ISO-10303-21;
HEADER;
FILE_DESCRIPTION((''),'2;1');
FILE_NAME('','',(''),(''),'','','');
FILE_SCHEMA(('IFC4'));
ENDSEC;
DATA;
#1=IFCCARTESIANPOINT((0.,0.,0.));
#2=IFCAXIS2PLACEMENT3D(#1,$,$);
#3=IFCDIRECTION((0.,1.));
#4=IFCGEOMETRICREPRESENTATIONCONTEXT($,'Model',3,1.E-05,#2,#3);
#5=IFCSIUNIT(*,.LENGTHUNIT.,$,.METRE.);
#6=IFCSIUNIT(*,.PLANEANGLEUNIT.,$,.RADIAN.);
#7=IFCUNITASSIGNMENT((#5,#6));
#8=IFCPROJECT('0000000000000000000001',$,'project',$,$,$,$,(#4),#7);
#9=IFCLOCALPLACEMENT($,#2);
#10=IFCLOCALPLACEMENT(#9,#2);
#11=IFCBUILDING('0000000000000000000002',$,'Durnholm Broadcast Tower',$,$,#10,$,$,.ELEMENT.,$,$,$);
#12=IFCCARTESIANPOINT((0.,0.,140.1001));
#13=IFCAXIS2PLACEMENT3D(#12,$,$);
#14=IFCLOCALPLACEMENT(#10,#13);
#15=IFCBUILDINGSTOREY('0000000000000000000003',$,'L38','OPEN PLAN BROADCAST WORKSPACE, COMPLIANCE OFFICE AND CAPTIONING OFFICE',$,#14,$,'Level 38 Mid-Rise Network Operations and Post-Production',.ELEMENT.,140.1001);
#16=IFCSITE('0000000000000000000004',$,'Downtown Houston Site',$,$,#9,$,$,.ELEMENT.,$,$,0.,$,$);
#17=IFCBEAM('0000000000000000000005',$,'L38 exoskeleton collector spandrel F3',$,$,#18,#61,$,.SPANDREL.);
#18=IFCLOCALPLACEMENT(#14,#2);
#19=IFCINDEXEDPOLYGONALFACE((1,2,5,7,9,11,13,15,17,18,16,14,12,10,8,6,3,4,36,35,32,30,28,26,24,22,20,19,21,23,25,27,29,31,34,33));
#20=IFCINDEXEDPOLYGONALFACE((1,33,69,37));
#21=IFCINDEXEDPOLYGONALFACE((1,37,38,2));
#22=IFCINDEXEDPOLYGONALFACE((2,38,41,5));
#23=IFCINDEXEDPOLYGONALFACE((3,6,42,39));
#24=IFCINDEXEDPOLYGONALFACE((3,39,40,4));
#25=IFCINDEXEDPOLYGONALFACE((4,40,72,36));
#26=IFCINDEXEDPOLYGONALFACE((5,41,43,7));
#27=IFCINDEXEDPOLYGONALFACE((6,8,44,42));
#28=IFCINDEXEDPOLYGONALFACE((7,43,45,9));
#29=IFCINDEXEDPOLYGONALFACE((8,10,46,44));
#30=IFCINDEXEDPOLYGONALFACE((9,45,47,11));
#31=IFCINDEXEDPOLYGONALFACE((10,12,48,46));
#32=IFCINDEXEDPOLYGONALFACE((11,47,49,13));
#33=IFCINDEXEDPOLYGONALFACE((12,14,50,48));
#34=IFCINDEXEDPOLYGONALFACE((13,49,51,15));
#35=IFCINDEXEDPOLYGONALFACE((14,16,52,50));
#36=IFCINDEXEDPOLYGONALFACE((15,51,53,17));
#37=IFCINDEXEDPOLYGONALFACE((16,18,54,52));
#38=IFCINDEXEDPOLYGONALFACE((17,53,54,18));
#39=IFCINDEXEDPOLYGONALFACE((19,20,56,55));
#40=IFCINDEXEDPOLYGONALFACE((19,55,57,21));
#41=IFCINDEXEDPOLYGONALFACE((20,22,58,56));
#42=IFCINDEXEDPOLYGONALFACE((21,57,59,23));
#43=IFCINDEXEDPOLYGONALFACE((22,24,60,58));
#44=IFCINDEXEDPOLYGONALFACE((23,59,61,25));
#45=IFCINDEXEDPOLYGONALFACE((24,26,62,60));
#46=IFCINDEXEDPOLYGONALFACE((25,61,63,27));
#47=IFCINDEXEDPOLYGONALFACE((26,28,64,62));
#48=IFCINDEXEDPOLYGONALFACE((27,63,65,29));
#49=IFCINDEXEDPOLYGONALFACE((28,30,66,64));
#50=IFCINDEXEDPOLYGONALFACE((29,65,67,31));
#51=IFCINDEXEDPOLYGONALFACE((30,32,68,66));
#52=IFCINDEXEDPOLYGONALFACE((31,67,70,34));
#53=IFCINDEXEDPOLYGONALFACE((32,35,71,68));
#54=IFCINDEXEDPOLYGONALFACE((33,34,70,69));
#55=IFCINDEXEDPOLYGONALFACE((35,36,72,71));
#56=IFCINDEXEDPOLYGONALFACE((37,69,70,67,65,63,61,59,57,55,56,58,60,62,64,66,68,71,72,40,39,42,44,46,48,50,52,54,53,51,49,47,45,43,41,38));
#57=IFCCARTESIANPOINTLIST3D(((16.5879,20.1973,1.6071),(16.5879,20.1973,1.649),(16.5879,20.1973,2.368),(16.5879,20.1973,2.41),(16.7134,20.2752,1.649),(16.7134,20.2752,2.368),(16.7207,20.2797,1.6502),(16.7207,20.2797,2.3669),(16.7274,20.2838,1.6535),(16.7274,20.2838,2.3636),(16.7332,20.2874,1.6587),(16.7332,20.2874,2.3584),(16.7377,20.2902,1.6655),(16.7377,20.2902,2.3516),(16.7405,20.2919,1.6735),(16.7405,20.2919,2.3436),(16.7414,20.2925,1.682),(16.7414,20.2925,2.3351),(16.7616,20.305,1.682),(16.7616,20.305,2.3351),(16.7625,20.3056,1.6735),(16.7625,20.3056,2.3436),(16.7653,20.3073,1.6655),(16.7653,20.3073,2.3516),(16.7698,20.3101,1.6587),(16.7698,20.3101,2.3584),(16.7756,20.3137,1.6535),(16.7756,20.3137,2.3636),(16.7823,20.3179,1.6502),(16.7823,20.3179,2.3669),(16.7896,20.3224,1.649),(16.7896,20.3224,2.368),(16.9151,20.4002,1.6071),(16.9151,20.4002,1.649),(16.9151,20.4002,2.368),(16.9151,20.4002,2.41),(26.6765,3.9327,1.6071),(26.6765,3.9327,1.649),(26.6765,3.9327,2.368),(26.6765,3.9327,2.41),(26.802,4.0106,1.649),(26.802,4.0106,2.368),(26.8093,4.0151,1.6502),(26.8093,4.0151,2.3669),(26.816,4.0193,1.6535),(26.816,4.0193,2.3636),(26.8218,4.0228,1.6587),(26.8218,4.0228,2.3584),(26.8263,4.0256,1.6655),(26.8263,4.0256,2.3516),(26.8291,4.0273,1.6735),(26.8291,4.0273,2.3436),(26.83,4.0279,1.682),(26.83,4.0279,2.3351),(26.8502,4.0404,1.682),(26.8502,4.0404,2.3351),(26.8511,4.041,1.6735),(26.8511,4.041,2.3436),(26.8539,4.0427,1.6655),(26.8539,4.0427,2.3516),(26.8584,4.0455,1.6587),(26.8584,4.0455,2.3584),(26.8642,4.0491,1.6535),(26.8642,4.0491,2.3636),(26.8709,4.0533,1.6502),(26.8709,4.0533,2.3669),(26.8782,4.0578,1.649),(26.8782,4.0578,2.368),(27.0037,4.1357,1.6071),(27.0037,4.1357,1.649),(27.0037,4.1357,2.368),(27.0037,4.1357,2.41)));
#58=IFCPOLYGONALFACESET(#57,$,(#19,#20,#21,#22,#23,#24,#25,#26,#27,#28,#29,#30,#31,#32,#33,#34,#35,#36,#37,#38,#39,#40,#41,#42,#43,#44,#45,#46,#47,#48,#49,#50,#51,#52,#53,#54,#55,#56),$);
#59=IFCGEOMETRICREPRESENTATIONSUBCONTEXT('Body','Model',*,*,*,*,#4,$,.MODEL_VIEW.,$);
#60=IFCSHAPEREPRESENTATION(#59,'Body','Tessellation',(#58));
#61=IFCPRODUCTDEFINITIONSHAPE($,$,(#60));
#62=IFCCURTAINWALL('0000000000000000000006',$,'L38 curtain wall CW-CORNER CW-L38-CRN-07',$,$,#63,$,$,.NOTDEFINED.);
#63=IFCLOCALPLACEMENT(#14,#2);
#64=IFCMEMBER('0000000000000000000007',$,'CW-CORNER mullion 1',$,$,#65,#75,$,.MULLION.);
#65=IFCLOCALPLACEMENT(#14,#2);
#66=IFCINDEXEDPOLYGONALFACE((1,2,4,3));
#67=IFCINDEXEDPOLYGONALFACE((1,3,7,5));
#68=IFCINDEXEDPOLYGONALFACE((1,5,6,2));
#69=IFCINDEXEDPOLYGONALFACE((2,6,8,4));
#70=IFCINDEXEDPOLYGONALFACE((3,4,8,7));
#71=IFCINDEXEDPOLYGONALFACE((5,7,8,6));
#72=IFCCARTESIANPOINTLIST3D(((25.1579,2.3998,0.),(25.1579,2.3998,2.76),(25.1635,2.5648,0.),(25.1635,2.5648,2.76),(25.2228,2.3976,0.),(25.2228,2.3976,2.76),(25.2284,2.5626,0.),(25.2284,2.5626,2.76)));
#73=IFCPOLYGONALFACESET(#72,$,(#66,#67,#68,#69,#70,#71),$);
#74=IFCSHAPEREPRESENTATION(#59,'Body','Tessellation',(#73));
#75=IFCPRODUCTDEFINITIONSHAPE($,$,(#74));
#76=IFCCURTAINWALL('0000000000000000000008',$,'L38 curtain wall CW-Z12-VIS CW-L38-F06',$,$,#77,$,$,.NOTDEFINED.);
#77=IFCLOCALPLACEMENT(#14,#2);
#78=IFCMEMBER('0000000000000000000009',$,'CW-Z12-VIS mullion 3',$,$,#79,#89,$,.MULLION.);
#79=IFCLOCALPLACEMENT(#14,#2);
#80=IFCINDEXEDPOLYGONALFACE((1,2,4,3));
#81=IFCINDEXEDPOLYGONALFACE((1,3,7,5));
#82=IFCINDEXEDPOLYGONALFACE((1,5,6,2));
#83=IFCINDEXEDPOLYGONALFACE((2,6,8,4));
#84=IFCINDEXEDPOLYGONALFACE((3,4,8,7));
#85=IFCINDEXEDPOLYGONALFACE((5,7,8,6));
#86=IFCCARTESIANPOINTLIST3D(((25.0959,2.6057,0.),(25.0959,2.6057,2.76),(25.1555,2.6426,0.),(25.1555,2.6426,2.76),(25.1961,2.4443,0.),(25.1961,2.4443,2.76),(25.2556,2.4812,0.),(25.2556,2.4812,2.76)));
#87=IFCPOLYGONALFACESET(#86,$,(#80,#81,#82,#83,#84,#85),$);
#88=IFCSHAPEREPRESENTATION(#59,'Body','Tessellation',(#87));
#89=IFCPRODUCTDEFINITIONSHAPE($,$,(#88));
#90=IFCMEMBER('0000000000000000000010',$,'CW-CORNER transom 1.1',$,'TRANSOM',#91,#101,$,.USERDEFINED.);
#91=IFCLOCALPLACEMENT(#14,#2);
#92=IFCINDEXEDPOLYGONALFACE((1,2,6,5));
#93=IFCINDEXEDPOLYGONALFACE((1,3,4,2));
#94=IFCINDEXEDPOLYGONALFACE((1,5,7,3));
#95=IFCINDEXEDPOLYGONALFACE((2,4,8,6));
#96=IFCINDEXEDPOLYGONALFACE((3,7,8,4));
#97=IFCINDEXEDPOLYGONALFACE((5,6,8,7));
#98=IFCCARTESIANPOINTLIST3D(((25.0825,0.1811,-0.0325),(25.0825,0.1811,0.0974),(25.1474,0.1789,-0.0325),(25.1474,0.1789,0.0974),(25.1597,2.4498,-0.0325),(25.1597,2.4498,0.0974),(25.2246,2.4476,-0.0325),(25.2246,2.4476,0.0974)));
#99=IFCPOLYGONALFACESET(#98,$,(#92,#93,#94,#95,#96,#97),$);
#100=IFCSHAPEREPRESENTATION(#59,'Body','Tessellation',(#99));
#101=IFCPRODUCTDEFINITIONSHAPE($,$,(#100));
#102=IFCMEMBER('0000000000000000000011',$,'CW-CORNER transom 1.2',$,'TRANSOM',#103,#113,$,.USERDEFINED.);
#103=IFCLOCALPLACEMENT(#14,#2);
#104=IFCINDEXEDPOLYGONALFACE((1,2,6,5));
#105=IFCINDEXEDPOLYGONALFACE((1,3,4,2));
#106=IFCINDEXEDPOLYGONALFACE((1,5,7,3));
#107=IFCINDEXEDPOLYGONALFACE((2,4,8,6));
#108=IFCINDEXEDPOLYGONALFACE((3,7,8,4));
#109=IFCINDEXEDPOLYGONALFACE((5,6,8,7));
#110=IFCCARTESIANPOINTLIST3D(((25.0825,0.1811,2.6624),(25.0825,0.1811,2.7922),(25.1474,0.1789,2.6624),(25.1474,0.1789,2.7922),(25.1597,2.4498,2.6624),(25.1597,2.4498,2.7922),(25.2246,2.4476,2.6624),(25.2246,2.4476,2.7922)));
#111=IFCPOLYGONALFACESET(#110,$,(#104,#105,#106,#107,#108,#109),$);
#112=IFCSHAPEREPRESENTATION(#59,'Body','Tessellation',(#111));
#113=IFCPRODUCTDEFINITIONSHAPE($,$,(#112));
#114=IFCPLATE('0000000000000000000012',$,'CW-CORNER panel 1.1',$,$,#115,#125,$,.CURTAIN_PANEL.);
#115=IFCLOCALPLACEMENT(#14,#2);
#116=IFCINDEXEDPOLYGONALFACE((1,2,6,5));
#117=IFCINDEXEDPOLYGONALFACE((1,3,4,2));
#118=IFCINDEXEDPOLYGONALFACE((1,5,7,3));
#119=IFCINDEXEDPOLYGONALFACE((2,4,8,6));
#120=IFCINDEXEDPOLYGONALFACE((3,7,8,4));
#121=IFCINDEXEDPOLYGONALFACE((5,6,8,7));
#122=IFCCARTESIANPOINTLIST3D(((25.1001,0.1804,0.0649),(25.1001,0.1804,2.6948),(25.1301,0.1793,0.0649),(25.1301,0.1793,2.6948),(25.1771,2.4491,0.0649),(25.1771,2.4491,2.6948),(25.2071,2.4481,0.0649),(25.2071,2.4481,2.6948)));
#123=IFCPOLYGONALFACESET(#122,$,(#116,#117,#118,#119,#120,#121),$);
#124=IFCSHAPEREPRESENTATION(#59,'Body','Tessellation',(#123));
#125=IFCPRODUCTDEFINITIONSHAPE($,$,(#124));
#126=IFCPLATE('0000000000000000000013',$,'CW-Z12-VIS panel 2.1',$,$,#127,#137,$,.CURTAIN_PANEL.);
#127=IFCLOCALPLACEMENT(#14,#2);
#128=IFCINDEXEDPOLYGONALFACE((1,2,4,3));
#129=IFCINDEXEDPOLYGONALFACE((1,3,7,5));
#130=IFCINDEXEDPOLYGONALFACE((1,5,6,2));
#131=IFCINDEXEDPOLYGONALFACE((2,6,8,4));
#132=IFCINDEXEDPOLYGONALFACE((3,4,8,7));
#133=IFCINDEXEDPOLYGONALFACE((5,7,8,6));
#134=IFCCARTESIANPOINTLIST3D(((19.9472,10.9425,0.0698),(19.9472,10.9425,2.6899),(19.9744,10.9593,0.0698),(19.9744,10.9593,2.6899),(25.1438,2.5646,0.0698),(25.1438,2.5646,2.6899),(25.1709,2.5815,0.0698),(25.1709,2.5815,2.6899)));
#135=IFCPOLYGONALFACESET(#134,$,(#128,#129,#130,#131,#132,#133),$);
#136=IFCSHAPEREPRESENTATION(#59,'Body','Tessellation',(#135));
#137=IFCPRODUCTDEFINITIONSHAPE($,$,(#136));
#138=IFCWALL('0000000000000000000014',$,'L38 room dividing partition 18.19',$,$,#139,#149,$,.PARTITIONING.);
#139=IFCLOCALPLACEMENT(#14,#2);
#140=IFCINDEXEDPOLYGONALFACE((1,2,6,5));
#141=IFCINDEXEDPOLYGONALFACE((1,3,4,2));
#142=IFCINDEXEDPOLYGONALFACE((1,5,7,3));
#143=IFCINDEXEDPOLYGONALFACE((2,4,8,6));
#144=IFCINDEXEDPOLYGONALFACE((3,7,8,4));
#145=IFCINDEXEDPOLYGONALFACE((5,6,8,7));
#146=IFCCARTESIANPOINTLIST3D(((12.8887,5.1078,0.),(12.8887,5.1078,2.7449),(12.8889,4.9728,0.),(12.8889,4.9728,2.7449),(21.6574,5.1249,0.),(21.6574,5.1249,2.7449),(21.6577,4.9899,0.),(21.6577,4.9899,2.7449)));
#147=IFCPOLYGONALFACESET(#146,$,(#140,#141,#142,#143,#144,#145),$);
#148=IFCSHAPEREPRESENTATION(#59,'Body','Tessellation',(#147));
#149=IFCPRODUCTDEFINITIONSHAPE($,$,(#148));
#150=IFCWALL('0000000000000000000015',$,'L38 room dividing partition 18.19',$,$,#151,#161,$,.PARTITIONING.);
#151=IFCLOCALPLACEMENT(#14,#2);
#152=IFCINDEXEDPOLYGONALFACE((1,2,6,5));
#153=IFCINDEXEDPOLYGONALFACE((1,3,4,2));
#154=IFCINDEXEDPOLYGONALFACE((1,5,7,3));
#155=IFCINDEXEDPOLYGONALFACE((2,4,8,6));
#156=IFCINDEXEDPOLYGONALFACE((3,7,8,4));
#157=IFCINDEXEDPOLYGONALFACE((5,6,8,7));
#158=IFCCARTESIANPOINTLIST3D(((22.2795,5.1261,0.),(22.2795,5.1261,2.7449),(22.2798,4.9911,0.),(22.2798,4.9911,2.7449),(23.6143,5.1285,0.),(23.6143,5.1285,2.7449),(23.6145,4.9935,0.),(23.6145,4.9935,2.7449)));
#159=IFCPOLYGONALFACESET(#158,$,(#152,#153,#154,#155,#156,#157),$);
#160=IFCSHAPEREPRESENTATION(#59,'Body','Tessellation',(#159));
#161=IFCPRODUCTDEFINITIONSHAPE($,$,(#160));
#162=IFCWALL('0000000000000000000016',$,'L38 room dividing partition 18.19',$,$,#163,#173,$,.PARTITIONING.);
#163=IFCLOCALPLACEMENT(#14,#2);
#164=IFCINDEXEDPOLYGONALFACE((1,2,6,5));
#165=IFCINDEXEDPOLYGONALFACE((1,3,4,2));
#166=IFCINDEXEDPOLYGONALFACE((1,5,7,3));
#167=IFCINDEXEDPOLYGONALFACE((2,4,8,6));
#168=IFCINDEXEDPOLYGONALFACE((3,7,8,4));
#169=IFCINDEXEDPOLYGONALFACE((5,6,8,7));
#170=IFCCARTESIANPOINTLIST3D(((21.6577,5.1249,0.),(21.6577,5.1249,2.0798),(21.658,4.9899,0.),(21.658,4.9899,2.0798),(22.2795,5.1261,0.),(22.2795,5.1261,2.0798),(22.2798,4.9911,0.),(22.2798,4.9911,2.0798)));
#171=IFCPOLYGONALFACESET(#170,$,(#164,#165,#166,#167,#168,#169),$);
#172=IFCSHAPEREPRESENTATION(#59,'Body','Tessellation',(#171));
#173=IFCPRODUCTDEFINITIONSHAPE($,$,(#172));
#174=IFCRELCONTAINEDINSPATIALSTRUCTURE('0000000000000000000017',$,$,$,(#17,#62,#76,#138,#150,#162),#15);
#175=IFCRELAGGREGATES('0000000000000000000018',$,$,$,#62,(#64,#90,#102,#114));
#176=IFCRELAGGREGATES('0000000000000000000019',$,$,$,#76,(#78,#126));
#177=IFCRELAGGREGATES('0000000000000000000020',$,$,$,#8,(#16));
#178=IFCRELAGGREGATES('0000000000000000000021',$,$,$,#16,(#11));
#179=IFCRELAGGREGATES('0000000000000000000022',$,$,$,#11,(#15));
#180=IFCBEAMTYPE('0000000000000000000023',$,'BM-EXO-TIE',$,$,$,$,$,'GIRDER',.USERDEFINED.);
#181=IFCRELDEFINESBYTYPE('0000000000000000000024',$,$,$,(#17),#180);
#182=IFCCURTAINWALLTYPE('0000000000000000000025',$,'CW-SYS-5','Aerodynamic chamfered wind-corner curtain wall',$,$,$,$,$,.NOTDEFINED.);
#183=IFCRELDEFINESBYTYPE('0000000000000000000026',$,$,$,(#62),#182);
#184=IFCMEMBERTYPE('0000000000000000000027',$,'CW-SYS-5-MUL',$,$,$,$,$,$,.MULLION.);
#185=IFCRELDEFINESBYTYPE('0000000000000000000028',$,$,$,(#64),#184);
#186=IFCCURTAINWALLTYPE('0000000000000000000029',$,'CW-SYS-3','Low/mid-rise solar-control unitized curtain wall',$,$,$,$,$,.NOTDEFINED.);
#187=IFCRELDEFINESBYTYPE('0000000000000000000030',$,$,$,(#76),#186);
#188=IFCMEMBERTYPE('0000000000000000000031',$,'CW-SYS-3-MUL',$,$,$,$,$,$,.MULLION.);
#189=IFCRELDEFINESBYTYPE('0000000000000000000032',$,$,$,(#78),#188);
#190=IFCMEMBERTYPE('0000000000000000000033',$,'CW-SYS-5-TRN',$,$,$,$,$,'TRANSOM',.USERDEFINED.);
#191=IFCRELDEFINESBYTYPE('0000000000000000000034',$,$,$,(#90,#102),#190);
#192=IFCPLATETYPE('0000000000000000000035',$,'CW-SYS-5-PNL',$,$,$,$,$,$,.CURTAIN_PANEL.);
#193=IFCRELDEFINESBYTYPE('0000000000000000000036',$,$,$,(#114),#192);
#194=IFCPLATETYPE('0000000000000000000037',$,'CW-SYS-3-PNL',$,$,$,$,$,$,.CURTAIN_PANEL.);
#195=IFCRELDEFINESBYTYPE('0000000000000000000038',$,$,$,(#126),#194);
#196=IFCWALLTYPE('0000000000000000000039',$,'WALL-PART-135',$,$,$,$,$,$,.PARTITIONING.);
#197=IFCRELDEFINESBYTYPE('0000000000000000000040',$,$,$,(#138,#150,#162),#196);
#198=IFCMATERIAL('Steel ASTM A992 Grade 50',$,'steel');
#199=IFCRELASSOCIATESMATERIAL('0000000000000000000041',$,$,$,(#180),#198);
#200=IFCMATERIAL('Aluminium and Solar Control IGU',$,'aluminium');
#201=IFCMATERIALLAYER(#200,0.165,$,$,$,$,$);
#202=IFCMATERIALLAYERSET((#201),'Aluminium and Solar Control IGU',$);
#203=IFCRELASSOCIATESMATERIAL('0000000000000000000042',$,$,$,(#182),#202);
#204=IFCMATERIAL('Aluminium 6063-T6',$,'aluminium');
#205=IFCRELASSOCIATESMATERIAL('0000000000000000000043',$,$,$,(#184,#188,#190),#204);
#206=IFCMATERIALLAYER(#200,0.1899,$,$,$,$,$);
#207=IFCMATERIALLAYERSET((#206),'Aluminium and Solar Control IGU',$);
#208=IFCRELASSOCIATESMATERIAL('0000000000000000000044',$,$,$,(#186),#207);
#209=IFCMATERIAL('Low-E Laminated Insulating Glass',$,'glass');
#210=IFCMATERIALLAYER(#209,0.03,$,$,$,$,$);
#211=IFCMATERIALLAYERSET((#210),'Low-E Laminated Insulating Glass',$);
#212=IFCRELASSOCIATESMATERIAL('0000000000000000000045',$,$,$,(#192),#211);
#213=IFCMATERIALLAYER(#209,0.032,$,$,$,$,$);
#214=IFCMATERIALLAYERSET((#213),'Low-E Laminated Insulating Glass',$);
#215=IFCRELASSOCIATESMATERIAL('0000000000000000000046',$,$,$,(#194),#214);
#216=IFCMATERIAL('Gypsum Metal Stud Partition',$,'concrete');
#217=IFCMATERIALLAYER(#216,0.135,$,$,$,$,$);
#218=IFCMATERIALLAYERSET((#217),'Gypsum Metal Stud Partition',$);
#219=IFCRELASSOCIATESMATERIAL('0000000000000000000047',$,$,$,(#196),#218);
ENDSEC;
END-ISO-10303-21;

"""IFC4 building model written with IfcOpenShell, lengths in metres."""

from ifc_helpers import new_model, si_unit, direction, frame, frame_2d, origin, origin_2d, place, context, subcontext, project, spatial, rectangle, i_section, extrude, source, transform, mapped, material, layer, layer_set, material_profile, profile_set, type_object, type_shapes, element, aggregate, save


model = new_model("IFC4")

# Units and contexts
model_context = context("Model", 3, precision=1e-05, world=origin(), true_north=direction((0.0, 1.0)))
body_context = subcontext(model_context, "Body", "Model", "MODEL_VIEW")
ifc_project = project(units=[si_unit("LENGTHUNIT", "METRE"), si_unit("PLANEANGLEUNIT", "RADIAN")], contexts=[model_context])

# Site, building, storey
site_placement = place(None, origin())
site = spatial("IfcSite", under=ifc_project, at=site_placement, Name="Downtown Houston Site", CompositionType="ELEMENT", RefElevation=0.0)
building_placement = place(site_placement, origin())
building = spatial("IfcBuilding", under=site, at=building_placement, Name="Durnholm Broadcast Tower", CompositionType="ELEMENT")
storey_placement = place(building_placement, frame((0.0, 0.0, 140.1001)))
storey = spatial("IfcBuildingStorey", under=building, at=storey_placement, Name="L38", Description="OPEN PLAN BROADCAST WORKSPACE, COMPLIANCE OFFICE AND CAPTIONING OFFICE", LongName="Level 38 Mid-Rise Network Operations and Post-Production", CompositionType="ELEMENT", Elevation=140.1001)

# Beam
ifc_material_1 = material(Name="Steel ASTM A992 Grade 50", Category="steel")
ifc_material_profile_1 = material_profile(ifc_material_1, i_section(OverallWidth=0.385, OverallDepth=0.803, WebThickness=0.0237, FlangeThickness=0.042, FilletRadius=0.033, at=origin_2d()), Name="W30X261")
ifc_profile_set_1 = profile_set([ifc_material_profile_1], Name="Steel ASTM A992 Grade 50")
beam_type_1 = type_object("IfcBeamType", Name="BM-EXO-TIE", ElementType="GIRDER", PredefinedType="USERDEFINED", material=ifc_profile_set_1)
shared_shape_1 = source(origin(), body_context, "Body", "SweptSolid", [
    extrude(i_section(OverallWidth=0.385, OverallDepth=0.803, WebThickness=0.0237, FlangeThickness=0.042, FilletRadius=0.033, at=origin_2d()), origin(), (0.0, 0.0, 1.0), 19.1394),
])
beam_1_placement = place(storey_placement, frame((26.8401, 4.0342, 2.0085), z_axis=(-0.527111, 0.849796, 0.0), x_axis=(-0.849796, -0.527111, 0.0)))
element("IfcBeam", 1, at=beam_1_placement, inside=storey, type_object=beam_type_1, Name="L38 exoskeleton collector spandrel F3", PredefinedType="SPANDREL", context=body_context, shape_type="MappedRepresentation", body=[
    mapped(shared_shape_1, transform((0.0, 0.0, 0.0), x_axis=(1.0, 0.0, 0.0), y_axis=(0.0, 1.0, 0.0), z_axis=(0.0, 0.0, 1.0), scale=1.0)),
])

# Curtain walls, members
ifc_material_2 = material(Name="Aluminium and Solar Control IGU", Category="aluminium")
ifc_layer_1 = layer(ifc_material_2, 0.165)
ifc_layer_set_1 = layer_set([ifc_layer_1], Name="Aluminium and Solar Control IGU")
curtain_wall_type_1 = type_object("IfcCurtainWallType", Name="CW-SYS-5", Description="Aerodynamic chamfered wind-corner curtain wall", PredefinedType="NOTDEFINED", material=ifc_layer_set_1)
curtain_wall_1_placement = place(storey_placement, origin())
curtain_wall_1 = element("IfcCurtainWall", 2, at=curtain_wall_1_placement, inside=storey, type_object=curtain_wall_type_1, Name="L38 curtain wall CW-CORNER CW-L38-CRN-07", PredefinedType="NOTDEFINED")
ifc_material_3 = material(Name="Aluminium 6063-T6", Category="aluminium")
ifc_material_profile_2 = material_profile(ifc_material_3, rectangle(XDim=0.0649, YDim=0.165, at=origin_2d()), Name="CWM65X165")
ifc_profile_set_2 = profile_set([ifc_material_profile_2], Name="Aluminium 6063-T6")
member_type_1 = type_object("IfcMemberType", Name="CW-SYS-5-MUL", PredefinedType="MULLION", material=ifc_profile_set_2)
shared_shape_2 = source(origin(), body_context, "Body", "SweptSolid", [
    extrude(rectangle(XDim=0.0649, YDim=0.165, at=origin_2d()), origin(), (0.0, 0.0, 1.0), 2.76),
])
type_shapes(member_type_1, [shared_shape_2])
member_1_placement = place(storey_placement, frame((25.1931, 2.4812, 0.0), z_axis=(0.0, 0.0, 1.0), x_axis=(0.999425, -0.033917, 0.0)))
member_1 = element("IfcMember", 3, at=member_1_placement, type_object=member_type_1, Name="CW-CORNER mullion 1", PredefinedType="MULLION", context=body_context, shape_type="MappedRepresentation", body=[
    mapped(shared_shape_2, transform((0.0, 0.0, 0.0), x_axis=(1.0, 0.0, 0.0), y_axis=(0.0, 1.0, 0.0), z_axis=(0.0, 0.0, 1.0), scale=1.0)),
])
ifc_layer_2 = layer(ifc_material_2, 0.1899)
ifc_layer_set_2 = layer_set([ifc_layer_2], Name="Aluminium and Solar Control IGU")
curtain_wall_type_2 = type_object("IfcCurtainWallType", Name="CW-SYS-3", Description="Low/mid-rise solar-control unitized curtain wall", PredefinedType="NOTDEFINED", material=ifc_layer_set_2)
curtain_wall_2_placement = place(storey_placement, origin())
curtain_wall_2 = element("IfcCurtainWall", 4, at=curtain_wall_2_placement, inside=storey, type_object=curtain_wall_type_2, Name="L38 curtain wall CW-Z12-VIS CW-L38-F06", PredefinedType="NOTDEFINED")
ifc_material_profile_3 = material_profile(ifc_material_3, rectangle(XDim=0.0701, YDim=0.1899, at=origin_2d()), Name="CWM70X190")
ifc_profile_set_3 = profile_set([ifc_material_profile_3], Name="Aluminium 6063-T6")
member_type_2 = type_object("IfcMemberType", Name="CW-SYS-3-MUL", PredefinedType="MULLION", material=ifc_profile_set_3)
shared_shape_3 = source(origin(), body_context, "Body", "SweptSolid", [
    extrude(rectangle(XDim=0.0701, YDim=0.1899, at=origin_2d()), origin(), (0.0, 0.0, 1.0), 2.76),
])
type_shapes(member_type_2, [shared_shape_3])
member_2_placement = place(storey_placement, frame((25.1758, 2.5435, 0.0), z_axis=(0.0, 0.0, 1.0), x_axis=(0.8498, 0.527105, 0.0)))
member_2 = element("IfcMember", 5, at=member_2_placement, type_object=member_type_2, Name="CW-Z12-VIS mullion 3", PredefinedType="MULLION", context=body_context, shape_type="MappedRepresentation", body=[
    mapped(shared_shape_3, transform((0.0, 0.0, 0.0), x_axis=(1.0, 0.0, 0.0), y_axis=(0.0, 1.0, 0.0), z_axis=(0.0, 0.0, 1.0), scale=1.0)),
])

# Members
ifc_material_profile_4 = material_profile(ifc_material_3, rectangle(XDim=0.0649, YDim=0.1299, at=origin_2d()), Name="CWT65X130")
ifc_profile_set_4 = profile_set([ifc_material_profile_4], Name="Aluminium 6063-T6")
member_type_3 = type_object("IfcMemberType", Name="CW-SYS-5-TRN", ElementType="TRANSOM", PredefinedType="USERDEFINED", material=ifc_profile_set_4)
shared_shape_4 = source(origin(), body_context, "Body", "SweptSolid", [
    extrude(rectangle(XDim=0.0649, YDim=0.1299, at=origin_2d()), origin(), (0.0, 0.0, 1.0), 2.27),
])
type_shapes(member_type_3, [shared_shape_4])
member_3_placement = place(storey_placement, frame((25.1921, 2.4487, 0.0325), z_axis=(-0.033984, -0.999422, 0.0), x_axis=(0.999422, -0.033984, 0.0)))
member_3 = element("IfcMember", 6, at=member_3_placement, type_object=member_type_3, Name="CW-CORNER transom 1.1", ObjectType="TRANSOM", PredefinedType="USERDEFINED", context=body_context, shape_type="MappedRepresentation", body=[
    mapped(shared_shape_4, transform((0.0, 0.0, 0.0), x_axis=(1.0, 0.0, 0.0), y_axis=(0.0, 1.0, 0.0), z_axis=(0.0, 0.0, 1.0), scale=1.0)),
])
member_4_placement = place(storey_placement, frame((25.1921, 2.4487, 2.7273), z_axis=(-0.033984, -0.999422, 0.0), x_axis=(0.999422, -0.033984, 0.0)))
member_4 = element("IfcMember", 7, at=member_4_placement, type_object=member_type_3, Name="CW-CORNER transom 1.2", ObjectType="TRANSOM", PredefinedType="USERDEFINED", context=body_context, shape_type="MappedRepresentation", body=[
    mapped(shared_shape_4, transform((0.0, 0.0, 0.0), x_axis=(1.0, 0.0, 0.0), y_axis=(0.0, 1.0, 0.0), z_axis=(0.0, 0.0, 1.0), scale=1.0)),
])

# Plates
ifc_material_4 = material(Name="Low-E Laminated Insulating Glass", Category="glass")
ifc_layer_3 = layer(ifc_material_4, 0.03)
ifc_layer_set_3 = layer_set([ifc_layer_3], Name="Low-E Laminated Insulating Glass")
plate_type_1 = type_object("IfcPlateType", Name="CW-SYS-5-PNL", PredefinedType="CURTAIN_PANEL", material=ifc_layer_set_3)
shared_shape_5 = source(origin(), body_context, "Body", "SweptSolid", [
    extrude(rectangle(XDim=2.27, YDim=0.03, at=origin_2d()), origin(), (0.0, 0.0, 1.0), 2.6299),
])
type_shapes(plate_type_1, [shared_shape_5])
plate_1_placement = place(storey_placement, frame((25.1536, 1.3142, 0.0649), z_axis=(0.0, 0.0, 1.0), x_axis=(-0.033917, -0.999425, 0.0)))
plate_1 = element("IfcPlate", 8, at=plate_1_placement, type_object=plate_type_1, Name="CW-CORNER panel 1.1", PredefinedType="CURTAIN_PANEL", context=body_context, shape_type="MappedRepresentation", body=[
    mapped(shared_shape_5, transform((0.0, 0.0, 0.0), x_axis=(1.0, 0.0, 0.0), y_axis=(0.0, 1.0, 0.0), z_axis=(0.0, 0.0, 1.0), scale=1.0)),
])
aggregate(curtain_wall_1, [member_1, member_3, member_4, plate_1])
ifc_layer_4 = layer(ifc_material_4, 0.032)
ifc_layer_set_4 = layer_set([ifc_layer_4], Name="Low-E Laminated Insulating Glass")
plate_type_2 = type_object("IfcPlateType", Name="CW-SYS-3-PNL", PredefinedType="CURTAIN_PANEL", material=ifc_layer_set_4)
shared_shape_6 = source(origin(), body_context, "Body", "SweptSolid", [
    extrude(rectangle(XDim=9.8586, YDim=0.032, at=origin_2d()), origin(), (0.0, 0.0, 1.0), 2.6201),
])
type_shapes(plate_type_2, [shared_shape_6])
plate_2_placement = place(storey_placement, frame((22.5591, 6.762, 0.0698), z_axis=(0.0, 0.0, 1.0), x_axis=(0.527105, -0.8498, 0.0)))
plate_2 = element("IfcPlate", 9, at=plate_2_placement, type_object=plate_type_2, Name="CW-Z12-VIS panel 2.1", PredefinedType="CURTAIN_PANEL", context=body_context, shape_type="MappedRepresentation", body=[
    mapped(shared_shape_6, transform((0.0, 0.0, 0.0), x_axis=(1.0, 0.0, 0.0), y_axis=(0.0, 1.0, 0.0), z_axis=(0.0, 0.0, 1.0), scale=1.0)),
])
aggregate(curtain_wall_2, [member_2, plate_2])

# Walls
ifc_material_5 = material(Name="Gypsum Metal Stud Partition", Category="concrete")
ifc_layer_5 = layer(ifc_material_5, 0.135)
ifc_layer_set_5 = layer_set([ifc_layer_5], Name="Gypsum Metal Stud Partition")
wall_type_1 = type_object("IfcWallType", Name="WALL-PART-135", PredefinedType="PARTITIONING", material=ifc_layer_set_5)
wall_1_placement = place(storey_placement, frame((12.8889, 5.0403, 0.0), z_axis=(0.0, 0.0, 1.0), x_axis=(0.999998, 0.001949, 0.0)))
element("IfcWall", 10, at=wall_1_placement, inside=storey, type_object=wall_type_1, Name="L38 room dividing partition 18.19", PredefinedType="PARTITIONING", context=body_context, shape_type="SweptSolid", body=[
    extrude(rectangle(XDim=8.7688, YDim=0.135, at=frame_2d((4.3843, 0.0))), origin(), (0.0, 0.0, 1.0), 2.7449),
])
wall_2_placement = place(storey_placement, frame((22.2795, 5.0586, 0.0), z_axis=(0.0, 0.0, 1.0), x_axis=(0.999998, 0.001829, 0.0)))
element("IfcWall", 11, at=wall_2_placement, inside=storey, type_object=wall_type_1, Name="L38 room dividing partition 18.19", PredefinedType="PARTITIONING", context=body_context, shape_type="SweptSolid", body=[
    extrude(rectangle(XDim=1.3347, YDim=0.135, at=frame_2d((0.6675, 0.0))), origin(), (0.0, 0.0, 1.0), 2.7449),
])
wall_3_placement = place(storey_placement, frame((21.6577, 5.0574, 0.0), z_axis=(0.0, 0.0, 1.0), x_axis=(0.999998, 0.001963, 0.0)))
element("IfcWall", 12, at=wall_3_placement, inside=storey, type_object=wall_type_1, Name="L38 room dividing partition 18.19", PredefinedType="PARTITIONING", context=body_context, shape_type="SweptSolid", body=[
    extrude(rectangle(XDim=0.6218, YDim=0.135, at=frame_2d((0.311, 0.0))), origin(), (0.0, 0.0, 1.0), 2.0798),
])

save(model, "model.ifc")
